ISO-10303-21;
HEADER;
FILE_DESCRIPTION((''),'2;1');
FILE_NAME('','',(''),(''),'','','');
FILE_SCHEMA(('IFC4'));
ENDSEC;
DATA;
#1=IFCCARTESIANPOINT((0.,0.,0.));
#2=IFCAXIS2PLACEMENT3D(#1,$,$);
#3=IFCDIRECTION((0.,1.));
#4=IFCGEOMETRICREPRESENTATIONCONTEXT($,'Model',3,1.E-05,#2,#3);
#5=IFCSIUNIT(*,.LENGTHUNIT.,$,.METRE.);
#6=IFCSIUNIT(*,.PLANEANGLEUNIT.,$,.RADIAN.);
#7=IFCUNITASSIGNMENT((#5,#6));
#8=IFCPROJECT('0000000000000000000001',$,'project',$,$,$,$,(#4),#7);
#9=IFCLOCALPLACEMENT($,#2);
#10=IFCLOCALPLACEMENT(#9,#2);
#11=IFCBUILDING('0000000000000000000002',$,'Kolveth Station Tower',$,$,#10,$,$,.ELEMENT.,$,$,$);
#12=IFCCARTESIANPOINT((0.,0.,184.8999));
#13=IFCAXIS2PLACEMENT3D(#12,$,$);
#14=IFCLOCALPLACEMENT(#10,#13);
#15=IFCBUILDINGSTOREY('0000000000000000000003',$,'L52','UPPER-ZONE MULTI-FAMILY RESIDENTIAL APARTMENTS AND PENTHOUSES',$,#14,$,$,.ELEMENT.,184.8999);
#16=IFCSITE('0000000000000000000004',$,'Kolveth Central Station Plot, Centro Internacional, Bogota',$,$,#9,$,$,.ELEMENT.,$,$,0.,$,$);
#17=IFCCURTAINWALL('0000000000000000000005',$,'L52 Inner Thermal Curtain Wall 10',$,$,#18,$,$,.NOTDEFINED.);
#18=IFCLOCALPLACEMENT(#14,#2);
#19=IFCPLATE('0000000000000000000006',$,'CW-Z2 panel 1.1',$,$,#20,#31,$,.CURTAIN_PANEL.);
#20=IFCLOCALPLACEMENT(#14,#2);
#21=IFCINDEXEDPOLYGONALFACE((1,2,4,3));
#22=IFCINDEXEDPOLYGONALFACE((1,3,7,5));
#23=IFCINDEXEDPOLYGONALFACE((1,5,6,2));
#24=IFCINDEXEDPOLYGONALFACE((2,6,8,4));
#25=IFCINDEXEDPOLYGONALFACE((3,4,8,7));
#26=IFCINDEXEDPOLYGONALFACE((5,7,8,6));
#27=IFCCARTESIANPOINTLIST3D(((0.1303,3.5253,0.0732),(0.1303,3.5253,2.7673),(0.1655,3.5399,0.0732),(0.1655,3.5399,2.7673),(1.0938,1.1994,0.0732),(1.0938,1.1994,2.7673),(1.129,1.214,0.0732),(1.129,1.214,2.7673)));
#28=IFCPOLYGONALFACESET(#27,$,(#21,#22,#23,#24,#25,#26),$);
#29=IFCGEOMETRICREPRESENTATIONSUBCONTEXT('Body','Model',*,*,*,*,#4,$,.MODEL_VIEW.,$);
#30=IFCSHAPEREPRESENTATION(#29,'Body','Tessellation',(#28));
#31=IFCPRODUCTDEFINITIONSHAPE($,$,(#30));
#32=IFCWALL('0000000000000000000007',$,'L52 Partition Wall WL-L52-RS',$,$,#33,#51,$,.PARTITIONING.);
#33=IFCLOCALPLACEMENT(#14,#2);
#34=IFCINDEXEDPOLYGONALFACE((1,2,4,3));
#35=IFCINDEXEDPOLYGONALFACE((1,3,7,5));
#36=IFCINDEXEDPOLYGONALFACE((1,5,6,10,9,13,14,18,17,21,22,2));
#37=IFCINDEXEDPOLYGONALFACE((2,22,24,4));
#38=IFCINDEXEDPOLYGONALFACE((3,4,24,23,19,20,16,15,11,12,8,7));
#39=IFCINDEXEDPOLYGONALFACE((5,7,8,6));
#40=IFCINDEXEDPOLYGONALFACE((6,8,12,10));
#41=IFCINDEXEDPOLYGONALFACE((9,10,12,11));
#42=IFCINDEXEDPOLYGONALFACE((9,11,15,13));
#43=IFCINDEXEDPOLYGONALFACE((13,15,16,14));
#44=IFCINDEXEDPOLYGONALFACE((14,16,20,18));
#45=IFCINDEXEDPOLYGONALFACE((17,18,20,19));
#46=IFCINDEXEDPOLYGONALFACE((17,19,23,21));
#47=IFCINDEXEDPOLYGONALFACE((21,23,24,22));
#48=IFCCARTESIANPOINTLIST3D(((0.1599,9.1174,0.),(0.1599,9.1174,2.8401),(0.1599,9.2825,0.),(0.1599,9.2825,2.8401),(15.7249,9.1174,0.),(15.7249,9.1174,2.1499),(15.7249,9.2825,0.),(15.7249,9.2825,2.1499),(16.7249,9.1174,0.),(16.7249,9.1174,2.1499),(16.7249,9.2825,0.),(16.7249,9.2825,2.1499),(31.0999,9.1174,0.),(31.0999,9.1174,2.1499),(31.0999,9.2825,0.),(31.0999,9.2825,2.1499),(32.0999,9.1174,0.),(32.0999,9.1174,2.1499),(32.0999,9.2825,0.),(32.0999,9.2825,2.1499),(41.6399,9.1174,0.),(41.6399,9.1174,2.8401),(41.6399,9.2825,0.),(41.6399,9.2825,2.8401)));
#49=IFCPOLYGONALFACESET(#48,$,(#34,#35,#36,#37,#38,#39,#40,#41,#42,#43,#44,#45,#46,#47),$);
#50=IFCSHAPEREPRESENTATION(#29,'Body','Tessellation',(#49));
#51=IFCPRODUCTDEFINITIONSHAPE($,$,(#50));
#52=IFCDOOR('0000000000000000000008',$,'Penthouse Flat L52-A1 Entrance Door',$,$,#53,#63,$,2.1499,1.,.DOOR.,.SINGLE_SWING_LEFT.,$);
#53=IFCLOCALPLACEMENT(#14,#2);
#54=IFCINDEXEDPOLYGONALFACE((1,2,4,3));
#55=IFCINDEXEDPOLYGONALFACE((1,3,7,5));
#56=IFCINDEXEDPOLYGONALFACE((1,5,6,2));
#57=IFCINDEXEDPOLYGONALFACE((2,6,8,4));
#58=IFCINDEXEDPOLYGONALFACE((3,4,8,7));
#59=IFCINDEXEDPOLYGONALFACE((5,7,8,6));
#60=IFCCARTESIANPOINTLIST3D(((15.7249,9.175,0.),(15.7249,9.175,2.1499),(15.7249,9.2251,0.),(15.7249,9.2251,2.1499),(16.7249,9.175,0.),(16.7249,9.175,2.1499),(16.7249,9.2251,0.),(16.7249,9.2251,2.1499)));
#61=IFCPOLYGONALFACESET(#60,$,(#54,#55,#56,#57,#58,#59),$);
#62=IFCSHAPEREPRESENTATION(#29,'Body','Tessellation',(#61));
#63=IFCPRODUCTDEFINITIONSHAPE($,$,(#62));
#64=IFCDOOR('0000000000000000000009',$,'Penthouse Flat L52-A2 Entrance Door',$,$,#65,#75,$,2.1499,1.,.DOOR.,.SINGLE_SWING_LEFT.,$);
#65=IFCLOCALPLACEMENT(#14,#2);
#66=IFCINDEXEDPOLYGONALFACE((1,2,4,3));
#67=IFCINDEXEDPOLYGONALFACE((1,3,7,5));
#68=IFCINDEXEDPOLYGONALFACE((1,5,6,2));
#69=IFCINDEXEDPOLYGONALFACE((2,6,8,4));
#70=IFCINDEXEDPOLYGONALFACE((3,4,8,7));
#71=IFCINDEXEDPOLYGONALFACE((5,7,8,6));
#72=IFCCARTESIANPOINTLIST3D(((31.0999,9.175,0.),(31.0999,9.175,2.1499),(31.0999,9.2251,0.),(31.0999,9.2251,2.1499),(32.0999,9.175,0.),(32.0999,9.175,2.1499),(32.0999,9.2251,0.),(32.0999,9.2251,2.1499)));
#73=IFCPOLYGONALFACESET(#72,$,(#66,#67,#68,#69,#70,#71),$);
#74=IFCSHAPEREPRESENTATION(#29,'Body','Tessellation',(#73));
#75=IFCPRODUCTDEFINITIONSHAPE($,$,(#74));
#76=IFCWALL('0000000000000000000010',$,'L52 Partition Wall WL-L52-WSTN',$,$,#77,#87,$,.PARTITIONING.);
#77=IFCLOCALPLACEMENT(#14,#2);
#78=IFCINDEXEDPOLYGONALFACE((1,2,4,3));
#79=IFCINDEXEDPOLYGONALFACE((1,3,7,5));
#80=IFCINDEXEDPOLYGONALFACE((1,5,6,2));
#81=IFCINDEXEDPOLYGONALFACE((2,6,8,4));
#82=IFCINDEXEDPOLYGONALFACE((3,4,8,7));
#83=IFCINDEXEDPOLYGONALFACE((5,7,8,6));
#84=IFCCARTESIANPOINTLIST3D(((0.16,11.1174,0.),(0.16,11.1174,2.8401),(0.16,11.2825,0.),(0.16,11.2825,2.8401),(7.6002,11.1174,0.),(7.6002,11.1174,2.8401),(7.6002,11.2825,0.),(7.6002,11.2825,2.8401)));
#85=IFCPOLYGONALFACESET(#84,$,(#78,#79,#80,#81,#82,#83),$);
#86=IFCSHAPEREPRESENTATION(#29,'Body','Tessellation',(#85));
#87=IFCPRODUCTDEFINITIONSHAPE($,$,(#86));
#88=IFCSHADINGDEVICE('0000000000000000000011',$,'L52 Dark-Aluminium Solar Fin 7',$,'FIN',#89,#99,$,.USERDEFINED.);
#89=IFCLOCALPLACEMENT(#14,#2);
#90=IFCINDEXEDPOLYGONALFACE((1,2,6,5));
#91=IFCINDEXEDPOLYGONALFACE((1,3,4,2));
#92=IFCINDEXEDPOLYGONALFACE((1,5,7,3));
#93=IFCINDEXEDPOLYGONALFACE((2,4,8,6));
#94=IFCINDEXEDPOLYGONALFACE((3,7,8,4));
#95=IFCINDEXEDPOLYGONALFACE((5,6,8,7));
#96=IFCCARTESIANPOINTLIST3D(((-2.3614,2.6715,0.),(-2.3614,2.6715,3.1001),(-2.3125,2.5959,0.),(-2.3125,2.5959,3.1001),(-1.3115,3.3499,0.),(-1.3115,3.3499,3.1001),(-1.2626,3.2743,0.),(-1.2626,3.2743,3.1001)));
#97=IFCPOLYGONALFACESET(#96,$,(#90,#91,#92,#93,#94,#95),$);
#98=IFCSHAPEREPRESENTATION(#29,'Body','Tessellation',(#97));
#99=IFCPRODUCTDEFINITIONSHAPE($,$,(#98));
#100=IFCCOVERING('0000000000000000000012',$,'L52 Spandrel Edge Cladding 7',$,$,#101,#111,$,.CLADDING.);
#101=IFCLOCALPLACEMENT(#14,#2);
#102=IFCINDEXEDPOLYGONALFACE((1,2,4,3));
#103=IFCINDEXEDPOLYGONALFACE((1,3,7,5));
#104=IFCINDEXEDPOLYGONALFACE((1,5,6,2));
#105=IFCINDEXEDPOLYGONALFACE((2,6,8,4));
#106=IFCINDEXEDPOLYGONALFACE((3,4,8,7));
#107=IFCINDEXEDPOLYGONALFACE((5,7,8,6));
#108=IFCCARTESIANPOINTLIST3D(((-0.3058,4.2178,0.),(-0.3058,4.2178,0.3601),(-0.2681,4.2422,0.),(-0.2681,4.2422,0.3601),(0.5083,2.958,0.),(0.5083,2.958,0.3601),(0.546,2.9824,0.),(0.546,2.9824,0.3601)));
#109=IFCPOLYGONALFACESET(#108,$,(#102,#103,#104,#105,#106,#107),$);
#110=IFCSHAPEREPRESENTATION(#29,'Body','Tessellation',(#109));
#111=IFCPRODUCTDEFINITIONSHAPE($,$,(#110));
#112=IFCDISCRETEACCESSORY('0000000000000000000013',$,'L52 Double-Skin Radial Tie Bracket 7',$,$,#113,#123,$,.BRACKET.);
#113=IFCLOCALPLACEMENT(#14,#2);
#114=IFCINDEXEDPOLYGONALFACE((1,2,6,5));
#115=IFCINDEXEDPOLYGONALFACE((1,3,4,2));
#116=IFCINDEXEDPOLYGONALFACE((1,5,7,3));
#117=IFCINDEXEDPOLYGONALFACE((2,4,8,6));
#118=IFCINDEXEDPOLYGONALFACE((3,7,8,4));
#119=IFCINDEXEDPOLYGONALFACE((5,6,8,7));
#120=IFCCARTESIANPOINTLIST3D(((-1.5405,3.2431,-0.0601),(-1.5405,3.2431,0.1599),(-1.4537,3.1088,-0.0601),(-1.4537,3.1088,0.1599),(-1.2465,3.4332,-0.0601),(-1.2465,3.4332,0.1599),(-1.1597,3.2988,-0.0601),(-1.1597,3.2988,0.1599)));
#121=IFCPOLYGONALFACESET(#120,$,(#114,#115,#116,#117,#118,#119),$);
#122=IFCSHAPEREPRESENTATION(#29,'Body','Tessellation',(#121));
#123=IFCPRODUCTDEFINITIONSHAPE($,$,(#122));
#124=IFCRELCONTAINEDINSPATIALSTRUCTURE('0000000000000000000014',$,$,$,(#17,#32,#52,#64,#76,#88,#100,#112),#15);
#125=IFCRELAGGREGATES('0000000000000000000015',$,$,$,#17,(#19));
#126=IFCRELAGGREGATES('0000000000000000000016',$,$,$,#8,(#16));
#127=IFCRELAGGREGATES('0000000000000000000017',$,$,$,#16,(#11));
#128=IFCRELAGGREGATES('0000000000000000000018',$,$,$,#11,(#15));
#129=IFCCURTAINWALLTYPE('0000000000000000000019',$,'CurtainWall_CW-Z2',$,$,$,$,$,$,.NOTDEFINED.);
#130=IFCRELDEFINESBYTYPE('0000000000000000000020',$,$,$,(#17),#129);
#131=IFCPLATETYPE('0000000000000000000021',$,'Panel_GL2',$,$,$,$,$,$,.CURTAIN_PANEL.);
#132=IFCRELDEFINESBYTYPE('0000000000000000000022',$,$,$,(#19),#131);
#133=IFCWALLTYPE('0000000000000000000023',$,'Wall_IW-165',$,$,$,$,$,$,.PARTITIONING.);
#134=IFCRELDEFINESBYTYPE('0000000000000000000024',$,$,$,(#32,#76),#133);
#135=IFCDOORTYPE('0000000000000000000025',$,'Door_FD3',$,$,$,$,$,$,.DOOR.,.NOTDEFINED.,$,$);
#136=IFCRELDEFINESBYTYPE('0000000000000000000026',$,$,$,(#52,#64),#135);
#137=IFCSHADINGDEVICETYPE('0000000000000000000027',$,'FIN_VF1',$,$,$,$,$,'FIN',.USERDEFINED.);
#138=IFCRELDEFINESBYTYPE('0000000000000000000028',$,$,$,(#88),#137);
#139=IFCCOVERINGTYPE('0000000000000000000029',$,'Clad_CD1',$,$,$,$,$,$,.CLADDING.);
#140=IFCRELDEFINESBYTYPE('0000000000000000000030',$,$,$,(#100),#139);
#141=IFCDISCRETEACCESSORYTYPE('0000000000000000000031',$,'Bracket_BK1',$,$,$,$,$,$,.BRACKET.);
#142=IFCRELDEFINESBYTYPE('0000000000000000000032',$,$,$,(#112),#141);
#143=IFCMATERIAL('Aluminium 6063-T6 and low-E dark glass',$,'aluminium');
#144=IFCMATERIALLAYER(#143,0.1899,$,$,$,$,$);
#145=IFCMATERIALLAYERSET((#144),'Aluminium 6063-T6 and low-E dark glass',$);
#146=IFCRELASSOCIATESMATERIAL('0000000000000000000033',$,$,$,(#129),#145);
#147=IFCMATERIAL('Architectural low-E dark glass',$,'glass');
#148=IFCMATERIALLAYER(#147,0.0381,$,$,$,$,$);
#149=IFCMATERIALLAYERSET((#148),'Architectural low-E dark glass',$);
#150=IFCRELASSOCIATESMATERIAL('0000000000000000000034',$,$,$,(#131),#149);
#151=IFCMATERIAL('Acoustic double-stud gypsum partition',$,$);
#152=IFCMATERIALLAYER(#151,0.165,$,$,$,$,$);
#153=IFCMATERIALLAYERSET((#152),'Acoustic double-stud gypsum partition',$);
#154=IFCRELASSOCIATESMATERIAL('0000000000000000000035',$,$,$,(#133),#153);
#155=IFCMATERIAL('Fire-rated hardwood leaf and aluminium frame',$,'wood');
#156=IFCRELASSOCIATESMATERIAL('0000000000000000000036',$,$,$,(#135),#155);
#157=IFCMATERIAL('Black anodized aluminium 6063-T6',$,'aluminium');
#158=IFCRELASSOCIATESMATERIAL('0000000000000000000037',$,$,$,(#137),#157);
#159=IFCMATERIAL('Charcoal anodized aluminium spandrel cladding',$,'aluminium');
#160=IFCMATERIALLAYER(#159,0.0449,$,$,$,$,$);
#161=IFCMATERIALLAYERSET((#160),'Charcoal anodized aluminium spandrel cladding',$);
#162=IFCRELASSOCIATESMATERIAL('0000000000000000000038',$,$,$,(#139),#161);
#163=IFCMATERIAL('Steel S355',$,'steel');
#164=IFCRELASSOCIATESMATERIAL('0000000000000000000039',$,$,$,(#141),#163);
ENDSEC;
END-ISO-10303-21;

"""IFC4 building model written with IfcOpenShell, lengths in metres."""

from ifc_helpers import new_model, si_unit, direction, frame, frame_2d, origin, origin_2d, place, context, subcontext, project, spatial, rectangle, extrude, source, transform, mapped, material, layer, layer_set, type_object, element, fill, aggregate, save


model = new_model("IFC4")

# Units and contexts
model_context = context("Model", 3, precision=1e-05, world=origin(), true_north=direction((0.0, 1.0)))
body_context = subcontext(model_context, "Body", "Model", "MODEL_VIEW")
ifc_project = project(units=[si_unit("LENGTHUNIT", "METRE"), si_unit("PLANEANGLEUNIT", "RADIAN")], contexts=[model_context])

# Site, building, storey
site_placement = place(None, origin())
site = spatial("IfcSite", under=ifc_project, at=site_placement, Name="Kolveth Central Station Plot, Centro Internacional, Bogota", CompositionType="ELEMENT", RefElevation=0.0)
building_placement = place(site_placement, origin())
building = spatial("IfcBuilding", under=site, at=building_placement, Name="Kolveth Station Tower", CompositionType="ELEMENT")
storey_placement = place(building_placement, frame((0.0, 0.0, 184.8999)))
storey = spatial("IfcBuildingStorey", under=building, at=storey_placement, Name="L52", Description="UPPER-ZONE MULTI-FAMILY RESIDENTIAL APARTMENTS AND PENTHOUSES", CompositionType="ELEMENT", Elevation=184.8999)

# Shared definitions
ifc_material_1 = material(Name="Steel S355", Category="steel")

# Curtain wall
ifc_material_2 = material(Name="Aluminium 6063-T6 and low-E dark glass", Category="aluminium")
ifc_layer_1 = layer(ifc_material_2, 0.1899)
ifc_layer_set_1 = layer_set([ifc_layer_1], Name="Aluminium 6063-T6 and low-E dark glass")
curtain_wall_type_1 = type_object("IfcCurtainWallType", Name="CurtainWall_CW-Z2", PredefinedType="NOTDEFINED", material=ifc_layer_set_1)
ifc_material_3 = material(Name="Black anodized aluminium 6063-T6", Category="aluminium")
curtain_wall_1_placement = place(storey_placement, origin())
curtain_wall_1 = element("IfcCurtainWall", 1, at=curtain_wall_1_placement, inside=storey, type_object=curtain_wall_type_1, Name="L52 Inner Thermal Curtain Wall 10", PredefinedType="NOTDEFINED")

# Plate
ifc_material_4 = material(Name="Architectural low-E dark glass", Category="glass")
ifc_layer_2 = layer(ifc_material_4, 0.0381)
ifc_layer_set_2 = layer_set([ifc_layer_2], Name="Architectural low-E dark glass")
plate_type = type_object("IfcPlateType", Name="Panel_GL2", PredefinedType="CURTAIN_PANEL", material=ifc_layer_set_2)
shared_shape_1 = source(origin(), body_context, "Body", "SweptSolid", [
    extrude(rectangle(XDim=2.5176, YDim=0.0381, at=origin_2d()), origin(), (0.0, 0.0, 1.0), 2.6941),
])
plate_placement = place(storey_placement, frame((0.6296, 2.3696, 0.0732), z_axis=(0.0, 0.0, 1.0), x_axis=(0.382698, -0.923874, 0.0)))
plate = element("IfcPlate", 2, at=plate_placement, type_object=plate_type, Name="CW-Z2 panel 1.1", PredefinedType="CURTAIN_PANEL", context=body_context, shape_type="MappedRepresentation", body=[
    mapped(shared_shape_1, transform((0.0, 0.0, 0.0), x_axis=(1.0, 0.0, 0.0), y_axis=(0.0, 1.0, 0.0), z_axis=(0.0, 0.0, 1.0), scale=1.0)),
])
aggregate(curtain_wall_1, [plate])

# Wall, openings, doors
ifc_material_5 = material(Name="Acoustic double-stud gypsum partition")
ifc_layer_3 = layer(ifc_material_5, 0.165)
ifc_layer_set_3 = layer_set([ifc_layer_3], Name="Acoustic double-stud gypsum partition")
wall_type = type_object("IfcWallType", Name="Wall_IW-165", PredefinedType="PARTITIONING", material=ifc_layer_set_3)
wall_1_placement = place(storey_placement, frame((0.1599, 9.2, 0.0), z_axis=(0.0, 0.0, 1.0), x_axis=(1.0, 0.0, 0.0)))
wall_1 = element("IfcWall", 3, at=wall_1_placement, inside=storey, type_object=wall_type, Name="L52 Partition Wall WL-L52-RS", PredefinedType="PARTITIONING", context=body_context, shape_type="SweptSolid", body=[
    extrude(rectangle(XDim=41.48, YDim=0.165, at=frame_2d((20.74, 0.0))), origin(), (0.0, 0.0, 1.0), 2.8401),
])
opening_1_placement = place(wall_1_placement, frame((15.5649, 0.0, 0.0)))
opening_1 = element("IfcOpeningElement", 4, at=opening_1_placement, cuts=wall_1, PredefinedType="OPENING", context=body_context, shape_type="SweptSolid", body=[
    extrude(rectangle(XDim=1.0, YDim=2.1499, at=frame_2d((0.5, 1.075))), frame((0.0, 0.0925, 0.0), z_axis=(0.0, -1.0, 0.0), x_axis=(1.0, 0.0, 0.0)), (0.0, 0.0, 1.0), 0.1851),
])
opening_2_placement = place(wall_1_placement, frame((30.9399, 0.0, 0.0)))
opening_2 = element("IfcOpeningElement", 5, at=opening_2_placement, cuts=wall_1, PredefinedType="OPENING", context=body_context, shape_type="SweptSolid", body=[
    extrude(rectangle(XDim=1.0, YDim=2.1499, at=frame_2d((0.5, 1.075))), frame((0.0, 0.0925, 0.0), z_axis=(0.0, -1.0, 0.0), x_axis=(1.0, 0.0, 0.0)), (0.0, 0.0, 1.0), 0.1851),
])
ifc_material_6 = material(Name="Fire-rated hardwood leaf and aluminium frame", Category="wood")
door_type = type_object("IfcDoorType", Name="Door_FD3", OperationType="NOTDEFINED", PredefinedType="DOOR", material=ifc_material_6)
door_1_placement = place(opening_1_placement, frame((1.0, 0.0, 0.0), z_axis=(0.0, 0.0, 1.0), x_axis=(-1.0, 0.0, 0.0)))
door_1 = element("IfcDoor", 6, at=door_1_placement, inside=storey, type_object=door_type, Name="Penthouse Flat L52-A1 Entrance Door", OperationType="SINGLE_SWING_LEFT", OverallHeight=2.1499, OverallWidth=1.0, PredefinedType="DOOR", context=body_context, shape_type="SweptSolid", body=[
    extrude(rectangle(XDim=1.0, YDim=2.1499, at=frame_2d((0.5, 1.075))), frame((0.0, 0.0249, 0.0), z_axis=(0.0, -1.0, 0.0), x_axis=(1.0, 0.0, 0.0)), (0.0, 0.0, 1.0), 0.05),
])
fill(opening_1, door_1)
door_2_placement = place(opening_2_placement, frame((1.0, 0.0, 0.0), z_axis=(0.0, 0.0, 1.0), x_axis=(-1.0, 0.0, 0.0)))
door_2 = element("IfcDoor", 7, at=door_2_placement, inside=storey, type_object=door_type, Name="Penthouse Flat L52-A2 Entrance Door", OperationType="SINGLE_SWING_LEFT", OverallHeight=2.1499, OverallWidth=1.0, PredefinedType="DOOR", context=body_context, shape_type="SweptSolid", body=[
    extrude(rectangle(XDim=1.0, YDim=2.1499, at=frame_2d((0.5, 1.075))), frame((0.0, 0.0249, 0.0), z_axis=(0.0, -1.0, 0.0), x_axis=(1.0, 0.0, 0.0)), (0.0, 0.0, 1.0), 0.05),
])
fill(opening_2, door_2)

# Wall
wall_2_placement = place(storey_placement, frame((0.1599, 11.2, 0.0), z_axis=(0.0, 0.0, 1.0), x_axis=(1.0, 0.0, 0.0)))
element("IfcWall", 8, at=wall_2_placement, inside=storey, type_object=wall_type, Name="L52 Partition Wall WL-L52-WSTN", PredefinedType="PARTITIONING", context=body_context, shape_type="SweptSolid", body=[
    extrude(rectangle(XDim=7.4402, YDim=0.165, at=frame_2d((3.7202, 0.0))), origin(), (0.0, 0.0, 1.0), 2.8401),
])

# Shading device
shading_device_type = type_object("IfcShadingDeviceType", Name="FIN_VF1", ElementType="FIN", PredefinedType="USERDEFINED", material=ifc_material_3)
shared_shape_2 = source(origin(), body_context, "Body", "SweptSolid", [
    extrude(rectangle(XDim=1.25, YDim=0.0901, at=origin_2d()), origin(), (0.0, 0.0, 1.0), 3.1001),
])
shading_device_placement = place(storey_placement, frame((-1.812, 2.9729, 0.0), z_axis=(0.0, 0.0, 1.0), x_axis=(-0.839904, -0.542735, 0.0)))
element("IfcShadingDevice", 9, at=shading_device_placement, inside=storey, type_object=shading_device_type, Name="L52 Dark-Aluminium Solar Fin 7", ObjectType="FIN", PredefinedType="USERDEFINED", context=body_context, shape_type="MappedRepresentation", body=[
    mapped(shared_shape_2, transform((0.0, 0.0, 0.0), x_axis=(1.0, 0.0, 0.0), y_axis=(0.0, 1.0, 0.0), z_axis=(0.0, 0.0, 1.0), scale=1.0)),
])

# Covering
ifc_material_7 = material(Name="Charcoal anodized aluminium spandrel cladding", Category="aluminium")
ifc_layer_4 = layer(ifc_material_7, 0.0449)
ifc_layer_set_4 = layer_set([ifc_layer_4], Name="Charcoal anodized aluminium spandrel cladding")
covering_type = type_object("IfcCoveringType", Name="Clad_CD1", PredefinedType="CLADDING", material=ifc_layer_set_4)
shared_shape_3 = source(origin(), body_context, "Body", "SweptSolid", [
    extrude(rectangle(XDim=1.5, YDim=0.0449, at=origin_2d()), origin(), (0.0, 0.0, 1.0), 0.3601),
])
covering_placement = place(storey_placement, frame((0.1201, 3.6001, 0.0), z_axis=(0.0, 0.0, 1.0), x_axis=(0.542735, -0.839904, 0.0)))
element("IfcCovering", 10, at=covering_placement, inside=storey, type_object=covering_type, Name="L52 Spandrel Edge Cladding 7", PredefinedType="CLADDING", context=body_context, shape_type="MappedRepresentation", body=[
    mapped(shared_shape_3, transform((0.0, 0.0, 0.0), x_axis=(1.0, 0.0, 0.0), y_axis=(0.0, 1.0, 0.0), z_axis=(0.0, 0.0, 1.0), scale=1.0)),
])

# Discrete accessory
discrete_accessory_type = type_object("IfcDiscreteAccessoryType", Name="Bracket_BK1", PredefinedType="BRACKET", material=ifc_material_1)
shared_shape_4 = source(origin(), body_context, "Body", "SweptSolid", [
    extrude(rectangle(XDim=0.3501, YDim=0.1599, at=origin_2d()), origin(), (0.0, 0.0, 1.0), 0.22),
])
discrete_accessory_placement = place(storey_placement, frame((-1.3501, 3.271, -0.0601), z_axis=(0.0, 0.0, 1.0), x_axis=(-0.839904, -0.542735, 0.0)))
element("IfcDiscreteAccessory", 11, at=discrete_accessory_placement, inside=storey, type_object=discrete_accessory_type, Name="L52 Double-Skin Radial Tie Bracket 7", PredefinedType="BRACKET", context=body_context, shape_type="MappedRepresentation", body=[
    mapped(shared_shape_4, transform((0.0, 0.0, 0.0), x_axis=(1.0, 0.0, 0.0), y_axis=(0.0, 1.0, 0.0), z_axis=(0.0, 0.0, 1.0), scale=1.0)),
])

save(model, "model.ifc")
